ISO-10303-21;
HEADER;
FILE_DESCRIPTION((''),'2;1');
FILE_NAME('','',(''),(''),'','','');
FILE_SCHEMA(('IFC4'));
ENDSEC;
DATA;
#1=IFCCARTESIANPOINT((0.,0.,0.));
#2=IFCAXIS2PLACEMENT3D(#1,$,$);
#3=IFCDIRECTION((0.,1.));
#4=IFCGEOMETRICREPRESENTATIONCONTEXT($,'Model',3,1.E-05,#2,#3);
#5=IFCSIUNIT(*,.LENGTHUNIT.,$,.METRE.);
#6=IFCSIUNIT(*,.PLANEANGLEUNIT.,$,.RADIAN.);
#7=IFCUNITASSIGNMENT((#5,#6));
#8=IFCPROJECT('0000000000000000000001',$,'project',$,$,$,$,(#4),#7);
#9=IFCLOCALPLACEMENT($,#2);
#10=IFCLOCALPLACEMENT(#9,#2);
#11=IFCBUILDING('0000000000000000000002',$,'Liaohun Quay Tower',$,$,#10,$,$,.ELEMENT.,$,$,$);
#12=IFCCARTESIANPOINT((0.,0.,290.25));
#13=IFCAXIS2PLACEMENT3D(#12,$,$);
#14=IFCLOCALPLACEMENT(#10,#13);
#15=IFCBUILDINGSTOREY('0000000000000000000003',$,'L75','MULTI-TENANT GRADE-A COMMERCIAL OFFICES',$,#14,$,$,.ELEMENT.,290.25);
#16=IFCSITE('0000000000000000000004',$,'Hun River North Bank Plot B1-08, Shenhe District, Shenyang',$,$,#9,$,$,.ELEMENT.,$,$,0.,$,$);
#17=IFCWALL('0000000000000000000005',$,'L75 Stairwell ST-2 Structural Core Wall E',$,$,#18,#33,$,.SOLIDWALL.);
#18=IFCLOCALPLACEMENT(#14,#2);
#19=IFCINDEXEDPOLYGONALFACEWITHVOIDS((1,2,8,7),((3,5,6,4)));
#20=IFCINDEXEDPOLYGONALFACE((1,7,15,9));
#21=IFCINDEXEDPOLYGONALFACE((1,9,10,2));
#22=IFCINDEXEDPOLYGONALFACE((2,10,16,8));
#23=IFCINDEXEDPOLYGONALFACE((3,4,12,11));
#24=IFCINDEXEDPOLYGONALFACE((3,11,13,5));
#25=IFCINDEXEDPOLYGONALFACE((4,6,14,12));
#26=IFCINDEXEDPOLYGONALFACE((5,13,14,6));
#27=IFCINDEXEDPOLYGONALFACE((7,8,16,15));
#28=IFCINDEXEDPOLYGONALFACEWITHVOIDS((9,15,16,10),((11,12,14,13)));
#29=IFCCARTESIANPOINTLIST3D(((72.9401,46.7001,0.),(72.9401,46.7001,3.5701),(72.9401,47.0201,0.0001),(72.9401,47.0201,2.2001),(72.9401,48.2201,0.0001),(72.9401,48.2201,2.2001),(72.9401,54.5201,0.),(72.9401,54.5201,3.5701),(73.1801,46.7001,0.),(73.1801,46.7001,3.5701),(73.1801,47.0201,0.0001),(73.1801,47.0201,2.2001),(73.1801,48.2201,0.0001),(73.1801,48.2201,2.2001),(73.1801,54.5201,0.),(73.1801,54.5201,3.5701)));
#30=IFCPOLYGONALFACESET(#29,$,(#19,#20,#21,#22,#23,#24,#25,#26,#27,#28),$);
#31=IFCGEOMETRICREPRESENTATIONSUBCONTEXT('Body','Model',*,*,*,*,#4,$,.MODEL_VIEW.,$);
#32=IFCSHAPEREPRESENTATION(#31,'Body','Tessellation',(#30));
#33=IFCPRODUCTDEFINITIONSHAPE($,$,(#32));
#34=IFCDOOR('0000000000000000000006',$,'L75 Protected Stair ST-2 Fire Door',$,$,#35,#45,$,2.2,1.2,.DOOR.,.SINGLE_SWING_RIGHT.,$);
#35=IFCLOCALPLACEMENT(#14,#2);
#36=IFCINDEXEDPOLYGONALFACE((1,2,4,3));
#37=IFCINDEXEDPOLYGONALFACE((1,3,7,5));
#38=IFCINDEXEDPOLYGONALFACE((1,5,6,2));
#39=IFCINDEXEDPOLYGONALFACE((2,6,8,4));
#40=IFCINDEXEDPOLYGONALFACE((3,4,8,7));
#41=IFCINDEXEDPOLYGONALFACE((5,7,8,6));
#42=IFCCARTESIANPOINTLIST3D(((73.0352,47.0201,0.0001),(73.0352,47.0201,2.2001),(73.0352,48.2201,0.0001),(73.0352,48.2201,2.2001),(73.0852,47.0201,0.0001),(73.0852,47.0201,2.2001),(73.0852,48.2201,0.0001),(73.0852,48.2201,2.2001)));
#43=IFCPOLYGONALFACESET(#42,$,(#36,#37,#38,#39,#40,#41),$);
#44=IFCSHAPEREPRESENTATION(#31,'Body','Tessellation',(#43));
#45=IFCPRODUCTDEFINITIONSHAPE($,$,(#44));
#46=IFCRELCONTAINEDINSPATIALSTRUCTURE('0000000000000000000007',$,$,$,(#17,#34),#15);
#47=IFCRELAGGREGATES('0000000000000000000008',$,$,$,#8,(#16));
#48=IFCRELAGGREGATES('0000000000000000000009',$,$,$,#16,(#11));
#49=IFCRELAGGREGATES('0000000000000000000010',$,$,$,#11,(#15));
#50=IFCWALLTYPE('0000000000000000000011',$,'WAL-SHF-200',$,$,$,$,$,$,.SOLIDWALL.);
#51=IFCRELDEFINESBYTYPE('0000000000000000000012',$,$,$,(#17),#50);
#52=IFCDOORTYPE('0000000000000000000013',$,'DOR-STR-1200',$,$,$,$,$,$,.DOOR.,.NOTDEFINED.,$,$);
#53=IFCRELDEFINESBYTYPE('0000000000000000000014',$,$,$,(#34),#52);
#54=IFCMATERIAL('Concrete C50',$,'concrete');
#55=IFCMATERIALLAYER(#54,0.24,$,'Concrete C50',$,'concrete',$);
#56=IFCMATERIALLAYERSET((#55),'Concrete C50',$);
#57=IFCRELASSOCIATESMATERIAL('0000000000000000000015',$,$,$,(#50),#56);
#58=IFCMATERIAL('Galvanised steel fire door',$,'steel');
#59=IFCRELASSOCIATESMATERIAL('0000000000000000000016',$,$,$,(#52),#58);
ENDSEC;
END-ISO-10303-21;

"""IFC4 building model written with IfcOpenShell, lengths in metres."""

from ifc_helpers import new_model, si_unit, direction, frame, frame_2d, origin, place, context, subcontext, project, spatial, rectangle, extrude, source, transform, mapped, material, layer, layer_set, type_object, element, fill, save


model = new_model("IFC4")

# Units and contexts
model_context = context("Model", 3, precision=1e-05, world=origin(), true_north=direction((0.0, 1.0)))
body_context = subcontext(model_context, "Body", "Model", "MODEL_VIEW")
ifc_project = project(units=[si_unit("LENGTHUNIT", "METRE"), si_unit("PLANEANGLEUNIT", "RADIAN")], contexts=[model_context])

# Site, building, storey
site_placement = place(None, origin())
site = spatial("IfcSite", under=ifc_project, at=site_placement, Name="Hun River North Bank Plot B1-08, Shenhe District, Shenyang", CompositionType="ELEMENT", RefElevation=0.0)
building_placement = place(site_placement, origin())
building = spatial("IfcBuilding", under=site, at=building_placement, Name="Liaohun Quay Tower", CompositionType="ELEMENT")
storey_placement = place(building_placement, frame((0.0, 0.0, 290.25)))
storey = spatial("IfcBuildingStorey", under=building, at=storey_placement, Name="L75", Description="MULTI-TENANT GRADE-A COMMERCIAL OFFICES", CompositionType="ELEMENT", Elevation=290.25)

# Shared definitions
ifc_material_1 = material(Name="Concrete C50", Category="concrete")

# Shared definitions
ifc_layer_1 = layer(ifc_material_1, 0.24, Name="Concrete C50", Category="concrete")
ifc_layer_set_1 = layer_set([ifc_layer_1], Name="Concrete C50")
wall_type_1 = type_object("IfcWallType", Name="WAL-SHF-200", PredefinedType="SOLIDWALL", material=ifc_layer_set_1)

# Wall, opening, door
wall_1_placement = place(storey_placement, frame((73.0601, 46.7, 0.0), z_axis=(0.0, 0.0, 1.0), x_axis=(0.0, 1.0, 0.0)))
wall_1 = element("IfcWall", 1, at=wall_1_placement, inside=storey, type_object=wall_type_1, Name="L75 Stairwell ST-2 Structural Core Wall E", PredefinedType="SOLIDWALL", context=body_context, shape_type="SweptSolid", body=[
    extrude(rectangle(XDim=7.8201, YDim=0.24, at=frame_2d((3.9102, 0.0))), origin(), (0.0, 0.0, 1.0), 3.5701),
])
shared_shape_1 = source(origin(), body_context, "Body", "SweptSolid", [
    extrude(rectangle(XDim=1.2, YDim=2.2, at=frame_2d((0.6001, 1.1001))), frame((0.0, 0.1299, 0.0), z_axis=(0.0, -1.0, 0.0), x_axis=(1.0, 0.0, 0.0)), (0.0, 0.0, 1.0), 0.26),
])
opening_1_placement = place(wall_1_placement, frame((0.3201, 0.0, 0.0)))
opening_1 = element("IfcOpeningElement", 2, at=opening_1_placement, cuts=wall_1, PredefinedType="OPENING", context=body_context, shape_type="MappedRepresentation", body=[
    mapped(shared_shape_1, transform((0.0, 0.0, 0.0), x_axis=(1.0, 0.0, 0.0), y_axis=(0.0, 1.0, 0.0), z_axis=(0.0, 0.0, 1.0), scale=1.0)),
])
ifc_material_2 = material(Name="Galvanised steel fire door", Category="steel")
door_type_1 = type_object("IfcDoorType", Name="DOR-STR-1200", OperationType="NOTDEFINED", PredefinedType="DOOR", material=ifc_material_2)
shared_shape_2 = source(origin(), body_context, "Body", "SweptSolid", [
    extrude(rectangle(XDim=1.2, YDim=2.2, at=frame_2d((0.6001, 1.1001))), frame((0.0, 0.0249, 0.0), z_axis=(0.0, -1.0, 0.0), x_axis=(1.0, 0.0, 0.0)), (0.0, 0.0, 1.0), 0.05),
])
door_1_placement = place(opening_1_placement, origin())
door_1 = element("IfcDoor", 3, at=door_1_placement, inside=storey, type_object=door_type_1, Name="L75 Protected Stair ST-2 Fire Door", OperationType="SINGLE_SWING_RIGHT", OverallHeight=2.2, OverallWidth=1.2, PredefinedType="DOOR", context=body_context, shape_type="MappedRepresentation", body=[
    mapped(shared_shape_2, transform((0.0, 0.0, 0.0), x_axis=(1.0, 0.0, 0.0), y_axis=(0.0, 1.0, 0.0), z_axis=(0.0, 0.0, 1.0), scale=1.0)),
])
fill(opening_1, door_1)

save(model, "model.ifc")
